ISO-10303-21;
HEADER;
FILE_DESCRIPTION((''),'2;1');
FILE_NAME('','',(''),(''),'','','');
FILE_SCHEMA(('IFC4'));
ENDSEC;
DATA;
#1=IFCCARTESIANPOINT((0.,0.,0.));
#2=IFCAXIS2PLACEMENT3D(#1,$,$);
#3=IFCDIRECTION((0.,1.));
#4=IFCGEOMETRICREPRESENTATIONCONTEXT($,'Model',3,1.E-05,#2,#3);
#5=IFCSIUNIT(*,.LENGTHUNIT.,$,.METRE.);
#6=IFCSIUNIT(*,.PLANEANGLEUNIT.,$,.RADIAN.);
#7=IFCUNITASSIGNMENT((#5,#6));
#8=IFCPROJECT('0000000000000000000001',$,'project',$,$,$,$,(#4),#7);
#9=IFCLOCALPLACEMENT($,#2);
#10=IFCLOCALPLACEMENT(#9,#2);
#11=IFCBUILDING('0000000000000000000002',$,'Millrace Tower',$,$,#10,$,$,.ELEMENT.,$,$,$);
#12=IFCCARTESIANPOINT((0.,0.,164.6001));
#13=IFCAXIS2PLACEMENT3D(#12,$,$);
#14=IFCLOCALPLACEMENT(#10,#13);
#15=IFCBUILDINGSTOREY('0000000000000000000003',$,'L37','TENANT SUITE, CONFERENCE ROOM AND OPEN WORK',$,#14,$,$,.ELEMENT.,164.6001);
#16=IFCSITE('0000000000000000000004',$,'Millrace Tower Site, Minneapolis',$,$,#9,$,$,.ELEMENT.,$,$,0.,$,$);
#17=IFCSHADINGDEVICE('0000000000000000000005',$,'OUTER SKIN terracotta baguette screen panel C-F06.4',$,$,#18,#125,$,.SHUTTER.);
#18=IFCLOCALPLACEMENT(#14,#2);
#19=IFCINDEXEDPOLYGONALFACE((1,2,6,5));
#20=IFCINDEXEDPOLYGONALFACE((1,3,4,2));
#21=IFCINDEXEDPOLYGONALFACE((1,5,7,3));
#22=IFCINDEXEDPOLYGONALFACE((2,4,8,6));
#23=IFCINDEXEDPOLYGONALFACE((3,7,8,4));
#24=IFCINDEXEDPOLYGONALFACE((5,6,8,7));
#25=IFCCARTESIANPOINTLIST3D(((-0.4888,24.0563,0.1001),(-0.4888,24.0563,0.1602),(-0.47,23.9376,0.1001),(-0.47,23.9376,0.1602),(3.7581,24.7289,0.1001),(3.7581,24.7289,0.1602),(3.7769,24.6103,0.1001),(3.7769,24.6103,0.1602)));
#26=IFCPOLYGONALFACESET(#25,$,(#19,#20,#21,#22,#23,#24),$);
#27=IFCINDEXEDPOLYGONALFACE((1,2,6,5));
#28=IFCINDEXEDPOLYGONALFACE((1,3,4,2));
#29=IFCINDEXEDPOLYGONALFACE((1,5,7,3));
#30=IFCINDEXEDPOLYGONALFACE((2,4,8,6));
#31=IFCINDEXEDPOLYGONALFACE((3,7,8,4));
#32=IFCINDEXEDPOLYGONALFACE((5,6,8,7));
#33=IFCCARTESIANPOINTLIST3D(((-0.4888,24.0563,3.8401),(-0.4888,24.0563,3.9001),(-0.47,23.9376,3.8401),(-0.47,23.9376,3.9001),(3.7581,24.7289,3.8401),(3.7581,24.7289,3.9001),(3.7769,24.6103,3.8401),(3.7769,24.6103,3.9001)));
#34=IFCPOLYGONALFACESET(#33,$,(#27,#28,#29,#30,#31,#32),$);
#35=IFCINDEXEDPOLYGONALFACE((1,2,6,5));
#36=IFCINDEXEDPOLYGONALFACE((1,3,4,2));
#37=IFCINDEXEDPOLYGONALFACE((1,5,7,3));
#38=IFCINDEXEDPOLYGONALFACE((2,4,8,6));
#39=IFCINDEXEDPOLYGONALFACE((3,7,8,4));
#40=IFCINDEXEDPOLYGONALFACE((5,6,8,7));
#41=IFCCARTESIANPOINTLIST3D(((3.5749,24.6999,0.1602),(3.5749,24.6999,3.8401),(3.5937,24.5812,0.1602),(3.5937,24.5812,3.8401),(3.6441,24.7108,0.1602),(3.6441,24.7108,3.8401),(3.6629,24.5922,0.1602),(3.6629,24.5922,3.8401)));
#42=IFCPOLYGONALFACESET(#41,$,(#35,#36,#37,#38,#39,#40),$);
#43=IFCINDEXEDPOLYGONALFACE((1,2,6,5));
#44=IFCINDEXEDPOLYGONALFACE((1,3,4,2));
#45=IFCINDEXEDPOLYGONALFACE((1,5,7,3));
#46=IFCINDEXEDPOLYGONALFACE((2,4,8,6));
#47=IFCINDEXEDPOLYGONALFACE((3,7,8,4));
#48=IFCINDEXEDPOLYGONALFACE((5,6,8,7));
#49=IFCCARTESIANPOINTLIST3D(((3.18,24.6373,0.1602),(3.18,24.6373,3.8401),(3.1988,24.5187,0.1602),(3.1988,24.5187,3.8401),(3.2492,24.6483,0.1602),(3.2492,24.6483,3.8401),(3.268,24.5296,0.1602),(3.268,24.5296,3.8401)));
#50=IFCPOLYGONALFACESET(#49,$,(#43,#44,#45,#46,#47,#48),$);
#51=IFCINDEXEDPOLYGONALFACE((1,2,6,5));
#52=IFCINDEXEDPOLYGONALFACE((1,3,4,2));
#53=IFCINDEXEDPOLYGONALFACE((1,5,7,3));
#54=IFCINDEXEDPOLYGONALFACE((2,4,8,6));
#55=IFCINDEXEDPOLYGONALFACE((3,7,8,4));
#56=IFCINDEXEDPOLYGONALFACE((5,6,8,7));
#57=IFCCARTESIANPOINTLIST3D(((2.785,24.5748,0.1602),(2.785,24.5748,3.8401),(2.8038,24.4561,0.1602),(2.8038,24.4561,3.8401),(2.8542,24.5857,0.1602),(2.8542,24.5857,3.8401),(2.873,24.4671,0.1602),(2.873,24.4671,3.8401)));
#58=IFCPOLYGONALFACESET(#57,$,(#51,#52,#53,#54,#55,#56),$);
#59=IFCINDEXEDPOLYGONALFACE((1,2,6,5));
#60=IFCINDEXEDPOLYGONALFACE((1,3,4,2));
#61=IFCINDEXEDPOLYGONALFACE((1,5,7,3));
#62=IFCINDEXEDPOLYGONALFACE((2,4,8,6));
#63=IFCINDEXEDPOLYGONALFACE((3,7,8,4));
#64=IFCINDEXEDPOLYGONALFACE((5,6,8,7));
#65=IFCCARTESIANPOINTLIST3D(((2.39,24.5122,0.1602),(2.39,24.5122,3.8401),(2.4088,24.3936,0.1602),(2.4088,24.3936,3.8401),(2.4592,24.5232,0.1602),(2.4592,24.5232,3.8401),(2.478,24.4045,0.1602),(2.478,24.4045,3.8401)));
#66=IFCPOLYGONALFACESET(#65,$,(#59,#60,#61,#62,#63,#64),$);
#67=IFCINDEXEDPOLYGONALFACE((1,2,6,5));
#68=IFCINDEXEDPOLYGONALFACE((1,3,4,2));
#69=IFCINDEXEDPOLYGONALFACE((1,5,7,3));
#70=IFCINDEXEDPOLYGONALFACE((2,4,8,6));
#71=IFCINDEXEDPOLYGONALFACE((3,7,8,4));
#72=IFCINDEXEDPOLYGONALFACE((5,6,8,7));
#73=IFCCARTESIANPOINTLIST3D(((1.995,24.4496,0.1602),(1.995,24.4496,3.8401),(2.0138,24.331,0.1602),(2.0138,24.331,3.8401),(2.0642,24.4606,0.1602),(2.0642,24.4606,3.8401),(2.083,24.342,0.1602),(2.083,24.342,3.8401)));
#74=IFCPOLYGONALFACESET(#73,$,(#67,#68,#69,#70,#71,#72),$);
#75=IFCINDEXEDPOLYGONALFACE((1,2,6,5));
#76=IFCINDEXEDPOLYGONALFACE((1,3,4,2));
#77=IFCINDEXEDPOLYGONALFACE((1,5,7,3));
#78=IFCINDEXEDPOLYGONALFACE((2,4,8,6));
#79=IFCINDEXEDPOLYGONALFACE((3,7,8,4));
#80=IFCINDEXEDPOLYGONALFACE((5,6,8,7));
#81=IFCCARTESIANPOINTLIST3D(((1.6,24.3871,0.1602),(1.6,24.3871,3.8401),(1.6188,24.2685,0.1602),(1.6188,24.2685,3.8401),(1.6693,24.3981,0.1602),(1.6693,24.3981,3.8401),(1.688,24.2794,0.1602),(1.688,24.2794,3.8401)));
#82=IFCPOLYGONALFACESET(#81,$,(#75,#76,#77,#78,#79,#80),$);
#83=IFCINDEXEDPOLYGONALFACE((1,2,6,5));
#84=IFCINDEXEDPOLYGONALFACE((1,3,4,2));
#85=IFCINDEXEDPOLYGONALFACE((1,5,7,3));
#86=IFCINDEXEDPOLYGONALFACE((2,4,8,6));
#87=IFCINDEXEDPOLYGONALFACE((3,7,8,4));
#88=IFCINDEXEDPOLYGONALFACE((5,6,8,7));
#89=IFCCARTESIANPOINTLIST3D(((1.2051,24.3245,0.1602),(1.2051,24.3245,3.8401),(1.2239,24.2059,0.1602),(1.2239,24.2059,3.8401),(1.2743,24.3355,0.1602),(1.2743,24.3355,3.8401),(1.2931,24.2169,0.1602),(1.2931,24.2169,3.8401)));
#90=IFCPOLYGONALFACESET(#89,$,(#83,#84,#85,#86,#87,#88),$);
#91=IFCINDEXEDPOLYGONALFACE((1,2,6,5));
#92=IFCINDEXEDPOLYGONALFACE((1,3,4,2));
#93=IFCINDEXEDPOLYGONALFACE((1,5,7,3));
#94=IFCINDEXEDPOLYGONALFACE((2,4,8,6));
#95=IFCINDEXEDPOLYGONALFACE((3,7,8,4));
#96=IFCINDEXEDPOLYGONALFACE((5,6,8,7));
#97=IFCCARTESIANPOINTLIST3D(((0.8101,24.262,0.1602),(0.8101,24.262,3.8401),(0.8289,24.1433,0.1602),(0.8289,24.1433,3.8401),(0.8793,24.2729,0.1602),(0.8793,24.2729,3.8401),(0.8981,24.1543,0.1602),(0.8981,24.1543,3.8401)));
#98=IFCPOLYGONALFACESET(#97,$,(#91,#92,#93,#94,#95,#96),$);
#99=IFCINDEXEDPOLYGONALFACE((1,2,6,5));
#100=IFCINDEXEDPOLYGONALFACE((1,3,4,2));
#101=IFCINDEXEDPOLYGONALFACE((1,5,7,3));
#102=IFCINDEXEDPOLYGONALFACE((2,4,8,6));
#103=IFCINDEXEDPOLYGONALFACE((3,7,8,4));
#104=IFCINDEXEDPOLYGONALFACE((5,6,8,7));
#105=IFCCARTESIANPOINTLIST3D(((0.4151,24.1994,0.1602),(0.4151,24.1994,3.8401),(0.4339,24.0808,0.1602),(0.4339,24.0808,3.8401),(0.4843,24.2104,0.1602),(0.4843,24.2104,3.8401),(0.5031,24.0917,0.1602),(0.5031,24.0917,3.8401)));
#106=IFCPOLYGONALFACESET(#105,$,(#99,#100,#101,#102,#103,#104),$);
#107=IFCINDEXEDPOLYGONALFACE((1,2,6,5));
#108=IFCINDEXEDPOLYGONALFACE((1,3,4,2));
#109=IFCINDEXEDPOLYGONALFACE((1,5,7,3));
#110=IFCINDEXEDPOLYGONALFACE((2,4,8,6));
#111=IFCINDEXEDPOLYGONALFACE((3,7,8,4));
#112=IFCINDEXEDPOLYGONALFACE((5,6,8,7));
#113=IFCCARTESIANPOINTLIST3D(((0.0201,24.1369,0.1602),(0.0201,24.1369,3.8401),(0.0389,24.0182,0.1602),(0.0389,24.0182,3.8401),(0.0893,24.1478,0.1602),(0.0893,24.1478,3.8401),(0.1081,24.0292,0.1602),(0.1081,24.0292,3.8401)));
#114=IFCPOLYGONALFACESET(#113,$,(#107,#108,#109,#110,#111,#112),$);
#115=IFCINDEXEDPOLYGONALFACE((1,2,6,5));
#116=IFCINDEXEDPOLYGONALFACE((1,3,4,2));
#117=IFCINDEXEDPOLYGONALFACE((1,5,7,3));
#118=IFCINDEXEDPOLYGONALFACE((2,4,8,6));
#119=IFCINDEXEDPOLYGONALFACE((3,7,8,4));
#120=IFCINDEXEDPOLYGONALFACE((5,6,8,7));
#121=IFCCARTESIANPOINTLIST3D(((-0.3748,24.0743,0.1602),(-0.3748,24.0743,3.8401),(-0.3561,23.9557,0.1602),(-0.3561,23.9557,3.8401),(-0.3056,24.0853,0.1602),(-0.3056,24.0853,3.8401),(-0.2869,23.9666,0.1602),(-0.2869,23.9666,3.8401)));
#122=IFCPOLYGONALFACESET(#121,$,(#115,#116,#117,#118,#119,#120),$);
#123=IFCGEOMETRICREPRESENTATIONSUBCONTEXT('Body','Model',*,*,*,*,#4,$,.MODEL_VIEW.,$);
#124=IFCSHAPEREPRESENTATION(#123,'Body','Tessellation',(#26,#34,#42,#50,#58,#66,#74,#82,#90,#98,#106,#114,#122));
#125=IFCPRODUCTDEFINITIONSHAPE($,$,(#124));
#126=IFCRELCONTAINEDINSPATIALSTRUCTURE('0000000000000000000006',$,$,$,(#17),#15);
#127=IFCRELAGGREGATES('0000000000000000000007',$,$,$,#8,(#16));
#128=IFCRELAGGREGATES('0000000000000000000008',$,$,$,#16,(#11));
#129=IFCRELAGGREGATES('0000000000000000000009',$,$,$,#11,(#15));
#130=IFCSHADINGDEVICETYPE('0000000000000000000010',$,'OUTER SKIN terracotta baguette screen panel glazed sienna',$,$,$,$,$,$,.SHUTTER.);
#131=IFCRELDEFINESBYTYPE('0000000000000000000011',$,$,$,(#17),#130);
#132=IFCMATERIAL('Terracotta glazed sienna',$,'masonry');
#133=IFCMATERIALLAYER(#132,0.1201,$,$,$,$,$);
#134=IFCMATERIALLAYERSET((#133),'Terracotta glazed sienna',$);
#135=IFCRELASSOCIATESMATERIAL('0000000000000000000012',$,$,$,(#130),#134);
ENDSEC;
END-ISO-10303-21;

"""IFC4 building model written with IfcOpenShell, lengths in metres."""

from ifc_helpers import new_model, entity, si_unit, direction, frame, frame_2d, origin, origin_2d, place, context, subcontext, project, spatial, rectangle, extrude, source, transform, mapped, material, layer, layer_set, type_object, element, save


model = new_model("IFC4")

# Units and contexts
model_context = context("Model", 3, precision=1e-05, world=origin(), true_north=direction((0.0, 1.0)))
body_context = subcontext(model_context, "Body", "Model", "MODEL_VIEW")
ifc_project = project(units=[si_unit("LENGTHUNIT", "METRE"), si_unit("PLANEANGLEUNIT", "RADIAN")], contexts=[model_context])

# Site, building, storey
site_placement = place(None, origin())
site = spatial("IfcSite", under=ifc_project, at=site_placement, Name="Millrace Tower Site, Minneapolis", CompositionType="ELEMENT", RefElevation=0.0)
building_placement = place(site_placement, origin())
building = spatial("IfcBuilding", under=site, at=building_placement, Name="Millrace Tower", CompositionType="ELEMENT")
storey_placement = place(building_placement, frame((0.0, 0.0, 164.6001)))
storey = spatial("IfcBuildingStorey", under=building, at=storey_placement, Name="L37", Description="TENANT SUITE, CONFERENCE ROOM AND OPEN WORK", CompositionType="ELEMENT", Elevation=164.6001)

# Shading device
ifc_material_1 = material(Name="Terracotta glazed sienna", Category="masonry")
ifc_layer_1 = layer(ifc_material_1, 0.1201)
ifc_layer_set_1 = layer_set([ifc_layer_1], Name="Terracotta glazed sienna")
shading_device_type = type_object("IfcShadingDeviceType", Name="OUTER SKIN terracotta baguette screen panel glazed sienna", PredefinedType="SHUTTER", material=ifc_layer_set_1)
cartesian_point_1 = entity("IfcCartesianPoint", [-2.1499, 0.0601])
shared_polyline_1 = entity("IfcPolyline", [cartesian_point_1, entity("IfcCartesianPoint", [2.1499, 0.0601]), entity("IfcCartesianPoint", [2.1499, -0.0601]), entity("IfcCartesianPoint", [-2.1499, -0.0601]), cartesian_point_1])
shared_shape_1 = source(origin(), body_context, "Body", "SweptSolid", [
    entity("IfcExtrudedAreaSolid", entity("IfcArbitraryClosedProfileDef", "AREA", None, shared_polyline_1), entity("IfcAxis2Placement3D", entity("IfcCartesianPoint", [0.0, 0.0, 0.0])), entity("IfcDirection", [0.0, 0.0, 1.0]), 0.0601),
    entity("IfcExtrudedAreaSolid", entity("IfcArbitraryClosedProfileDef", "AREA", None, shared_polyline_1), entity("IfcAxis2Placement3D", entity("IfcCartesianPoint", [0.0, 0.0, 3.74])), entity("IfcDirection", [0.0, 0.0, 1.0]), 0.0601),
    extrude(rectangle(XDim=0.0701, YDim=0.1201, at=frame_2d((-1.9995, 0.0))), frame((0.0, 0.0, 0.0601)), (0.0, 0.0, 1.0), 3.6799),
    extrude(rectangle(XDim=0.0701, YDim=0.1201, at=frame_2d((-1.5996, 0.0))), frame((0.0, 0.0, 0.0601)), (0.0, 0.0, 1.0), 3.6799),
    extrude(rectangle(XDim=0.0701, YDim=0.1201, at=frame_2d((-1.1997, 0.0))), frame((0.0, 0.0, 0.0601)), (0.0, 0.0, 1.0), 3.6799),
    extrude(rectangle(XDim=0.0701, YDim=0.1201, at=frame_2d((-0.7998, 0.0))), frame((0.0, 0.0, 0.0601)), (0.0, 0.0, 1.0), 3.6799),
    extrude(rectangle(XDim=0.0701, YDim=0.1201, at=frame_2d((-0.3999, 0.0))), frame((0.0, 0.0, 0.0601)), (0.0, 0.0, 1.0), 3.6799),
    extrude(rectangle(XDim=0.0701, YDim=0.1201, at=origin_2d()), frame((0.0, 0.0, 0.0601)), (0.0, 0.0, 1.0), 3.6799),
    extrude(rectangle(XDim=0.0701, YDim=0.1201, at=frame_2d((0.3999, 0.0))), frame((0.0, 0.0, 0.0601)), (0.0, 0.0, 1.0), 3.6799),
    extrude(rectangle(XDim=0.0701, YDim=0.1201, at=frame_2d((0.7998, 0.0))), frame((0.0, 0.0, 0.0601)), (0.0, 0.0, 1.0), 3.6799),
    extrude(rectangle(XDim=0.0701, YDim=0.1201, at=frame_2d((1.1997, 0.0))), frame((0.0, 0.0, 0.0601)), (0.0, 0.0, 1.0), 3.6799),
    extrude(rectangle(XDim=0.0701, YDim=0.1201, at=frame_2d((1.5996, 0.0))), frame((0.0, 0.0, 0.0601)), (0.0, 0.0, 1.0), 3.6799),
    extrude(rectangle(XDim=0.0701, YDim=0.1201, at=frame_2d((1.9995, 0.0))), frame((0.0, 0.0, 0.0601)), (0.0, 0.0, 1.0), 3.6799),
])
for number, where, z_axis, x_axis, name in (
    (1, (1.644, 24.3333, 0.1001), (0.0, 0.0, 1.0), (-0.987688, -0.156434, 0.0), "OUTER SKIN terracotta baguette screen panel C-F06.4"),
):
    element("IfcShadingDevice", number, at=place(storey_placement, frame(where, z_axis=z_axis, x_axis=x_axis)), inside=storey, type_object=shading_device_type, Name=name, PredefinedType="SHUTTER", context=body_context, shape_type="MappedRepresentation", body=[
        mapped(shared_shape_1, transform((0.0, 0.0, 0.0), scale=1.0)),
    ])

save(model, "model.ifc")
